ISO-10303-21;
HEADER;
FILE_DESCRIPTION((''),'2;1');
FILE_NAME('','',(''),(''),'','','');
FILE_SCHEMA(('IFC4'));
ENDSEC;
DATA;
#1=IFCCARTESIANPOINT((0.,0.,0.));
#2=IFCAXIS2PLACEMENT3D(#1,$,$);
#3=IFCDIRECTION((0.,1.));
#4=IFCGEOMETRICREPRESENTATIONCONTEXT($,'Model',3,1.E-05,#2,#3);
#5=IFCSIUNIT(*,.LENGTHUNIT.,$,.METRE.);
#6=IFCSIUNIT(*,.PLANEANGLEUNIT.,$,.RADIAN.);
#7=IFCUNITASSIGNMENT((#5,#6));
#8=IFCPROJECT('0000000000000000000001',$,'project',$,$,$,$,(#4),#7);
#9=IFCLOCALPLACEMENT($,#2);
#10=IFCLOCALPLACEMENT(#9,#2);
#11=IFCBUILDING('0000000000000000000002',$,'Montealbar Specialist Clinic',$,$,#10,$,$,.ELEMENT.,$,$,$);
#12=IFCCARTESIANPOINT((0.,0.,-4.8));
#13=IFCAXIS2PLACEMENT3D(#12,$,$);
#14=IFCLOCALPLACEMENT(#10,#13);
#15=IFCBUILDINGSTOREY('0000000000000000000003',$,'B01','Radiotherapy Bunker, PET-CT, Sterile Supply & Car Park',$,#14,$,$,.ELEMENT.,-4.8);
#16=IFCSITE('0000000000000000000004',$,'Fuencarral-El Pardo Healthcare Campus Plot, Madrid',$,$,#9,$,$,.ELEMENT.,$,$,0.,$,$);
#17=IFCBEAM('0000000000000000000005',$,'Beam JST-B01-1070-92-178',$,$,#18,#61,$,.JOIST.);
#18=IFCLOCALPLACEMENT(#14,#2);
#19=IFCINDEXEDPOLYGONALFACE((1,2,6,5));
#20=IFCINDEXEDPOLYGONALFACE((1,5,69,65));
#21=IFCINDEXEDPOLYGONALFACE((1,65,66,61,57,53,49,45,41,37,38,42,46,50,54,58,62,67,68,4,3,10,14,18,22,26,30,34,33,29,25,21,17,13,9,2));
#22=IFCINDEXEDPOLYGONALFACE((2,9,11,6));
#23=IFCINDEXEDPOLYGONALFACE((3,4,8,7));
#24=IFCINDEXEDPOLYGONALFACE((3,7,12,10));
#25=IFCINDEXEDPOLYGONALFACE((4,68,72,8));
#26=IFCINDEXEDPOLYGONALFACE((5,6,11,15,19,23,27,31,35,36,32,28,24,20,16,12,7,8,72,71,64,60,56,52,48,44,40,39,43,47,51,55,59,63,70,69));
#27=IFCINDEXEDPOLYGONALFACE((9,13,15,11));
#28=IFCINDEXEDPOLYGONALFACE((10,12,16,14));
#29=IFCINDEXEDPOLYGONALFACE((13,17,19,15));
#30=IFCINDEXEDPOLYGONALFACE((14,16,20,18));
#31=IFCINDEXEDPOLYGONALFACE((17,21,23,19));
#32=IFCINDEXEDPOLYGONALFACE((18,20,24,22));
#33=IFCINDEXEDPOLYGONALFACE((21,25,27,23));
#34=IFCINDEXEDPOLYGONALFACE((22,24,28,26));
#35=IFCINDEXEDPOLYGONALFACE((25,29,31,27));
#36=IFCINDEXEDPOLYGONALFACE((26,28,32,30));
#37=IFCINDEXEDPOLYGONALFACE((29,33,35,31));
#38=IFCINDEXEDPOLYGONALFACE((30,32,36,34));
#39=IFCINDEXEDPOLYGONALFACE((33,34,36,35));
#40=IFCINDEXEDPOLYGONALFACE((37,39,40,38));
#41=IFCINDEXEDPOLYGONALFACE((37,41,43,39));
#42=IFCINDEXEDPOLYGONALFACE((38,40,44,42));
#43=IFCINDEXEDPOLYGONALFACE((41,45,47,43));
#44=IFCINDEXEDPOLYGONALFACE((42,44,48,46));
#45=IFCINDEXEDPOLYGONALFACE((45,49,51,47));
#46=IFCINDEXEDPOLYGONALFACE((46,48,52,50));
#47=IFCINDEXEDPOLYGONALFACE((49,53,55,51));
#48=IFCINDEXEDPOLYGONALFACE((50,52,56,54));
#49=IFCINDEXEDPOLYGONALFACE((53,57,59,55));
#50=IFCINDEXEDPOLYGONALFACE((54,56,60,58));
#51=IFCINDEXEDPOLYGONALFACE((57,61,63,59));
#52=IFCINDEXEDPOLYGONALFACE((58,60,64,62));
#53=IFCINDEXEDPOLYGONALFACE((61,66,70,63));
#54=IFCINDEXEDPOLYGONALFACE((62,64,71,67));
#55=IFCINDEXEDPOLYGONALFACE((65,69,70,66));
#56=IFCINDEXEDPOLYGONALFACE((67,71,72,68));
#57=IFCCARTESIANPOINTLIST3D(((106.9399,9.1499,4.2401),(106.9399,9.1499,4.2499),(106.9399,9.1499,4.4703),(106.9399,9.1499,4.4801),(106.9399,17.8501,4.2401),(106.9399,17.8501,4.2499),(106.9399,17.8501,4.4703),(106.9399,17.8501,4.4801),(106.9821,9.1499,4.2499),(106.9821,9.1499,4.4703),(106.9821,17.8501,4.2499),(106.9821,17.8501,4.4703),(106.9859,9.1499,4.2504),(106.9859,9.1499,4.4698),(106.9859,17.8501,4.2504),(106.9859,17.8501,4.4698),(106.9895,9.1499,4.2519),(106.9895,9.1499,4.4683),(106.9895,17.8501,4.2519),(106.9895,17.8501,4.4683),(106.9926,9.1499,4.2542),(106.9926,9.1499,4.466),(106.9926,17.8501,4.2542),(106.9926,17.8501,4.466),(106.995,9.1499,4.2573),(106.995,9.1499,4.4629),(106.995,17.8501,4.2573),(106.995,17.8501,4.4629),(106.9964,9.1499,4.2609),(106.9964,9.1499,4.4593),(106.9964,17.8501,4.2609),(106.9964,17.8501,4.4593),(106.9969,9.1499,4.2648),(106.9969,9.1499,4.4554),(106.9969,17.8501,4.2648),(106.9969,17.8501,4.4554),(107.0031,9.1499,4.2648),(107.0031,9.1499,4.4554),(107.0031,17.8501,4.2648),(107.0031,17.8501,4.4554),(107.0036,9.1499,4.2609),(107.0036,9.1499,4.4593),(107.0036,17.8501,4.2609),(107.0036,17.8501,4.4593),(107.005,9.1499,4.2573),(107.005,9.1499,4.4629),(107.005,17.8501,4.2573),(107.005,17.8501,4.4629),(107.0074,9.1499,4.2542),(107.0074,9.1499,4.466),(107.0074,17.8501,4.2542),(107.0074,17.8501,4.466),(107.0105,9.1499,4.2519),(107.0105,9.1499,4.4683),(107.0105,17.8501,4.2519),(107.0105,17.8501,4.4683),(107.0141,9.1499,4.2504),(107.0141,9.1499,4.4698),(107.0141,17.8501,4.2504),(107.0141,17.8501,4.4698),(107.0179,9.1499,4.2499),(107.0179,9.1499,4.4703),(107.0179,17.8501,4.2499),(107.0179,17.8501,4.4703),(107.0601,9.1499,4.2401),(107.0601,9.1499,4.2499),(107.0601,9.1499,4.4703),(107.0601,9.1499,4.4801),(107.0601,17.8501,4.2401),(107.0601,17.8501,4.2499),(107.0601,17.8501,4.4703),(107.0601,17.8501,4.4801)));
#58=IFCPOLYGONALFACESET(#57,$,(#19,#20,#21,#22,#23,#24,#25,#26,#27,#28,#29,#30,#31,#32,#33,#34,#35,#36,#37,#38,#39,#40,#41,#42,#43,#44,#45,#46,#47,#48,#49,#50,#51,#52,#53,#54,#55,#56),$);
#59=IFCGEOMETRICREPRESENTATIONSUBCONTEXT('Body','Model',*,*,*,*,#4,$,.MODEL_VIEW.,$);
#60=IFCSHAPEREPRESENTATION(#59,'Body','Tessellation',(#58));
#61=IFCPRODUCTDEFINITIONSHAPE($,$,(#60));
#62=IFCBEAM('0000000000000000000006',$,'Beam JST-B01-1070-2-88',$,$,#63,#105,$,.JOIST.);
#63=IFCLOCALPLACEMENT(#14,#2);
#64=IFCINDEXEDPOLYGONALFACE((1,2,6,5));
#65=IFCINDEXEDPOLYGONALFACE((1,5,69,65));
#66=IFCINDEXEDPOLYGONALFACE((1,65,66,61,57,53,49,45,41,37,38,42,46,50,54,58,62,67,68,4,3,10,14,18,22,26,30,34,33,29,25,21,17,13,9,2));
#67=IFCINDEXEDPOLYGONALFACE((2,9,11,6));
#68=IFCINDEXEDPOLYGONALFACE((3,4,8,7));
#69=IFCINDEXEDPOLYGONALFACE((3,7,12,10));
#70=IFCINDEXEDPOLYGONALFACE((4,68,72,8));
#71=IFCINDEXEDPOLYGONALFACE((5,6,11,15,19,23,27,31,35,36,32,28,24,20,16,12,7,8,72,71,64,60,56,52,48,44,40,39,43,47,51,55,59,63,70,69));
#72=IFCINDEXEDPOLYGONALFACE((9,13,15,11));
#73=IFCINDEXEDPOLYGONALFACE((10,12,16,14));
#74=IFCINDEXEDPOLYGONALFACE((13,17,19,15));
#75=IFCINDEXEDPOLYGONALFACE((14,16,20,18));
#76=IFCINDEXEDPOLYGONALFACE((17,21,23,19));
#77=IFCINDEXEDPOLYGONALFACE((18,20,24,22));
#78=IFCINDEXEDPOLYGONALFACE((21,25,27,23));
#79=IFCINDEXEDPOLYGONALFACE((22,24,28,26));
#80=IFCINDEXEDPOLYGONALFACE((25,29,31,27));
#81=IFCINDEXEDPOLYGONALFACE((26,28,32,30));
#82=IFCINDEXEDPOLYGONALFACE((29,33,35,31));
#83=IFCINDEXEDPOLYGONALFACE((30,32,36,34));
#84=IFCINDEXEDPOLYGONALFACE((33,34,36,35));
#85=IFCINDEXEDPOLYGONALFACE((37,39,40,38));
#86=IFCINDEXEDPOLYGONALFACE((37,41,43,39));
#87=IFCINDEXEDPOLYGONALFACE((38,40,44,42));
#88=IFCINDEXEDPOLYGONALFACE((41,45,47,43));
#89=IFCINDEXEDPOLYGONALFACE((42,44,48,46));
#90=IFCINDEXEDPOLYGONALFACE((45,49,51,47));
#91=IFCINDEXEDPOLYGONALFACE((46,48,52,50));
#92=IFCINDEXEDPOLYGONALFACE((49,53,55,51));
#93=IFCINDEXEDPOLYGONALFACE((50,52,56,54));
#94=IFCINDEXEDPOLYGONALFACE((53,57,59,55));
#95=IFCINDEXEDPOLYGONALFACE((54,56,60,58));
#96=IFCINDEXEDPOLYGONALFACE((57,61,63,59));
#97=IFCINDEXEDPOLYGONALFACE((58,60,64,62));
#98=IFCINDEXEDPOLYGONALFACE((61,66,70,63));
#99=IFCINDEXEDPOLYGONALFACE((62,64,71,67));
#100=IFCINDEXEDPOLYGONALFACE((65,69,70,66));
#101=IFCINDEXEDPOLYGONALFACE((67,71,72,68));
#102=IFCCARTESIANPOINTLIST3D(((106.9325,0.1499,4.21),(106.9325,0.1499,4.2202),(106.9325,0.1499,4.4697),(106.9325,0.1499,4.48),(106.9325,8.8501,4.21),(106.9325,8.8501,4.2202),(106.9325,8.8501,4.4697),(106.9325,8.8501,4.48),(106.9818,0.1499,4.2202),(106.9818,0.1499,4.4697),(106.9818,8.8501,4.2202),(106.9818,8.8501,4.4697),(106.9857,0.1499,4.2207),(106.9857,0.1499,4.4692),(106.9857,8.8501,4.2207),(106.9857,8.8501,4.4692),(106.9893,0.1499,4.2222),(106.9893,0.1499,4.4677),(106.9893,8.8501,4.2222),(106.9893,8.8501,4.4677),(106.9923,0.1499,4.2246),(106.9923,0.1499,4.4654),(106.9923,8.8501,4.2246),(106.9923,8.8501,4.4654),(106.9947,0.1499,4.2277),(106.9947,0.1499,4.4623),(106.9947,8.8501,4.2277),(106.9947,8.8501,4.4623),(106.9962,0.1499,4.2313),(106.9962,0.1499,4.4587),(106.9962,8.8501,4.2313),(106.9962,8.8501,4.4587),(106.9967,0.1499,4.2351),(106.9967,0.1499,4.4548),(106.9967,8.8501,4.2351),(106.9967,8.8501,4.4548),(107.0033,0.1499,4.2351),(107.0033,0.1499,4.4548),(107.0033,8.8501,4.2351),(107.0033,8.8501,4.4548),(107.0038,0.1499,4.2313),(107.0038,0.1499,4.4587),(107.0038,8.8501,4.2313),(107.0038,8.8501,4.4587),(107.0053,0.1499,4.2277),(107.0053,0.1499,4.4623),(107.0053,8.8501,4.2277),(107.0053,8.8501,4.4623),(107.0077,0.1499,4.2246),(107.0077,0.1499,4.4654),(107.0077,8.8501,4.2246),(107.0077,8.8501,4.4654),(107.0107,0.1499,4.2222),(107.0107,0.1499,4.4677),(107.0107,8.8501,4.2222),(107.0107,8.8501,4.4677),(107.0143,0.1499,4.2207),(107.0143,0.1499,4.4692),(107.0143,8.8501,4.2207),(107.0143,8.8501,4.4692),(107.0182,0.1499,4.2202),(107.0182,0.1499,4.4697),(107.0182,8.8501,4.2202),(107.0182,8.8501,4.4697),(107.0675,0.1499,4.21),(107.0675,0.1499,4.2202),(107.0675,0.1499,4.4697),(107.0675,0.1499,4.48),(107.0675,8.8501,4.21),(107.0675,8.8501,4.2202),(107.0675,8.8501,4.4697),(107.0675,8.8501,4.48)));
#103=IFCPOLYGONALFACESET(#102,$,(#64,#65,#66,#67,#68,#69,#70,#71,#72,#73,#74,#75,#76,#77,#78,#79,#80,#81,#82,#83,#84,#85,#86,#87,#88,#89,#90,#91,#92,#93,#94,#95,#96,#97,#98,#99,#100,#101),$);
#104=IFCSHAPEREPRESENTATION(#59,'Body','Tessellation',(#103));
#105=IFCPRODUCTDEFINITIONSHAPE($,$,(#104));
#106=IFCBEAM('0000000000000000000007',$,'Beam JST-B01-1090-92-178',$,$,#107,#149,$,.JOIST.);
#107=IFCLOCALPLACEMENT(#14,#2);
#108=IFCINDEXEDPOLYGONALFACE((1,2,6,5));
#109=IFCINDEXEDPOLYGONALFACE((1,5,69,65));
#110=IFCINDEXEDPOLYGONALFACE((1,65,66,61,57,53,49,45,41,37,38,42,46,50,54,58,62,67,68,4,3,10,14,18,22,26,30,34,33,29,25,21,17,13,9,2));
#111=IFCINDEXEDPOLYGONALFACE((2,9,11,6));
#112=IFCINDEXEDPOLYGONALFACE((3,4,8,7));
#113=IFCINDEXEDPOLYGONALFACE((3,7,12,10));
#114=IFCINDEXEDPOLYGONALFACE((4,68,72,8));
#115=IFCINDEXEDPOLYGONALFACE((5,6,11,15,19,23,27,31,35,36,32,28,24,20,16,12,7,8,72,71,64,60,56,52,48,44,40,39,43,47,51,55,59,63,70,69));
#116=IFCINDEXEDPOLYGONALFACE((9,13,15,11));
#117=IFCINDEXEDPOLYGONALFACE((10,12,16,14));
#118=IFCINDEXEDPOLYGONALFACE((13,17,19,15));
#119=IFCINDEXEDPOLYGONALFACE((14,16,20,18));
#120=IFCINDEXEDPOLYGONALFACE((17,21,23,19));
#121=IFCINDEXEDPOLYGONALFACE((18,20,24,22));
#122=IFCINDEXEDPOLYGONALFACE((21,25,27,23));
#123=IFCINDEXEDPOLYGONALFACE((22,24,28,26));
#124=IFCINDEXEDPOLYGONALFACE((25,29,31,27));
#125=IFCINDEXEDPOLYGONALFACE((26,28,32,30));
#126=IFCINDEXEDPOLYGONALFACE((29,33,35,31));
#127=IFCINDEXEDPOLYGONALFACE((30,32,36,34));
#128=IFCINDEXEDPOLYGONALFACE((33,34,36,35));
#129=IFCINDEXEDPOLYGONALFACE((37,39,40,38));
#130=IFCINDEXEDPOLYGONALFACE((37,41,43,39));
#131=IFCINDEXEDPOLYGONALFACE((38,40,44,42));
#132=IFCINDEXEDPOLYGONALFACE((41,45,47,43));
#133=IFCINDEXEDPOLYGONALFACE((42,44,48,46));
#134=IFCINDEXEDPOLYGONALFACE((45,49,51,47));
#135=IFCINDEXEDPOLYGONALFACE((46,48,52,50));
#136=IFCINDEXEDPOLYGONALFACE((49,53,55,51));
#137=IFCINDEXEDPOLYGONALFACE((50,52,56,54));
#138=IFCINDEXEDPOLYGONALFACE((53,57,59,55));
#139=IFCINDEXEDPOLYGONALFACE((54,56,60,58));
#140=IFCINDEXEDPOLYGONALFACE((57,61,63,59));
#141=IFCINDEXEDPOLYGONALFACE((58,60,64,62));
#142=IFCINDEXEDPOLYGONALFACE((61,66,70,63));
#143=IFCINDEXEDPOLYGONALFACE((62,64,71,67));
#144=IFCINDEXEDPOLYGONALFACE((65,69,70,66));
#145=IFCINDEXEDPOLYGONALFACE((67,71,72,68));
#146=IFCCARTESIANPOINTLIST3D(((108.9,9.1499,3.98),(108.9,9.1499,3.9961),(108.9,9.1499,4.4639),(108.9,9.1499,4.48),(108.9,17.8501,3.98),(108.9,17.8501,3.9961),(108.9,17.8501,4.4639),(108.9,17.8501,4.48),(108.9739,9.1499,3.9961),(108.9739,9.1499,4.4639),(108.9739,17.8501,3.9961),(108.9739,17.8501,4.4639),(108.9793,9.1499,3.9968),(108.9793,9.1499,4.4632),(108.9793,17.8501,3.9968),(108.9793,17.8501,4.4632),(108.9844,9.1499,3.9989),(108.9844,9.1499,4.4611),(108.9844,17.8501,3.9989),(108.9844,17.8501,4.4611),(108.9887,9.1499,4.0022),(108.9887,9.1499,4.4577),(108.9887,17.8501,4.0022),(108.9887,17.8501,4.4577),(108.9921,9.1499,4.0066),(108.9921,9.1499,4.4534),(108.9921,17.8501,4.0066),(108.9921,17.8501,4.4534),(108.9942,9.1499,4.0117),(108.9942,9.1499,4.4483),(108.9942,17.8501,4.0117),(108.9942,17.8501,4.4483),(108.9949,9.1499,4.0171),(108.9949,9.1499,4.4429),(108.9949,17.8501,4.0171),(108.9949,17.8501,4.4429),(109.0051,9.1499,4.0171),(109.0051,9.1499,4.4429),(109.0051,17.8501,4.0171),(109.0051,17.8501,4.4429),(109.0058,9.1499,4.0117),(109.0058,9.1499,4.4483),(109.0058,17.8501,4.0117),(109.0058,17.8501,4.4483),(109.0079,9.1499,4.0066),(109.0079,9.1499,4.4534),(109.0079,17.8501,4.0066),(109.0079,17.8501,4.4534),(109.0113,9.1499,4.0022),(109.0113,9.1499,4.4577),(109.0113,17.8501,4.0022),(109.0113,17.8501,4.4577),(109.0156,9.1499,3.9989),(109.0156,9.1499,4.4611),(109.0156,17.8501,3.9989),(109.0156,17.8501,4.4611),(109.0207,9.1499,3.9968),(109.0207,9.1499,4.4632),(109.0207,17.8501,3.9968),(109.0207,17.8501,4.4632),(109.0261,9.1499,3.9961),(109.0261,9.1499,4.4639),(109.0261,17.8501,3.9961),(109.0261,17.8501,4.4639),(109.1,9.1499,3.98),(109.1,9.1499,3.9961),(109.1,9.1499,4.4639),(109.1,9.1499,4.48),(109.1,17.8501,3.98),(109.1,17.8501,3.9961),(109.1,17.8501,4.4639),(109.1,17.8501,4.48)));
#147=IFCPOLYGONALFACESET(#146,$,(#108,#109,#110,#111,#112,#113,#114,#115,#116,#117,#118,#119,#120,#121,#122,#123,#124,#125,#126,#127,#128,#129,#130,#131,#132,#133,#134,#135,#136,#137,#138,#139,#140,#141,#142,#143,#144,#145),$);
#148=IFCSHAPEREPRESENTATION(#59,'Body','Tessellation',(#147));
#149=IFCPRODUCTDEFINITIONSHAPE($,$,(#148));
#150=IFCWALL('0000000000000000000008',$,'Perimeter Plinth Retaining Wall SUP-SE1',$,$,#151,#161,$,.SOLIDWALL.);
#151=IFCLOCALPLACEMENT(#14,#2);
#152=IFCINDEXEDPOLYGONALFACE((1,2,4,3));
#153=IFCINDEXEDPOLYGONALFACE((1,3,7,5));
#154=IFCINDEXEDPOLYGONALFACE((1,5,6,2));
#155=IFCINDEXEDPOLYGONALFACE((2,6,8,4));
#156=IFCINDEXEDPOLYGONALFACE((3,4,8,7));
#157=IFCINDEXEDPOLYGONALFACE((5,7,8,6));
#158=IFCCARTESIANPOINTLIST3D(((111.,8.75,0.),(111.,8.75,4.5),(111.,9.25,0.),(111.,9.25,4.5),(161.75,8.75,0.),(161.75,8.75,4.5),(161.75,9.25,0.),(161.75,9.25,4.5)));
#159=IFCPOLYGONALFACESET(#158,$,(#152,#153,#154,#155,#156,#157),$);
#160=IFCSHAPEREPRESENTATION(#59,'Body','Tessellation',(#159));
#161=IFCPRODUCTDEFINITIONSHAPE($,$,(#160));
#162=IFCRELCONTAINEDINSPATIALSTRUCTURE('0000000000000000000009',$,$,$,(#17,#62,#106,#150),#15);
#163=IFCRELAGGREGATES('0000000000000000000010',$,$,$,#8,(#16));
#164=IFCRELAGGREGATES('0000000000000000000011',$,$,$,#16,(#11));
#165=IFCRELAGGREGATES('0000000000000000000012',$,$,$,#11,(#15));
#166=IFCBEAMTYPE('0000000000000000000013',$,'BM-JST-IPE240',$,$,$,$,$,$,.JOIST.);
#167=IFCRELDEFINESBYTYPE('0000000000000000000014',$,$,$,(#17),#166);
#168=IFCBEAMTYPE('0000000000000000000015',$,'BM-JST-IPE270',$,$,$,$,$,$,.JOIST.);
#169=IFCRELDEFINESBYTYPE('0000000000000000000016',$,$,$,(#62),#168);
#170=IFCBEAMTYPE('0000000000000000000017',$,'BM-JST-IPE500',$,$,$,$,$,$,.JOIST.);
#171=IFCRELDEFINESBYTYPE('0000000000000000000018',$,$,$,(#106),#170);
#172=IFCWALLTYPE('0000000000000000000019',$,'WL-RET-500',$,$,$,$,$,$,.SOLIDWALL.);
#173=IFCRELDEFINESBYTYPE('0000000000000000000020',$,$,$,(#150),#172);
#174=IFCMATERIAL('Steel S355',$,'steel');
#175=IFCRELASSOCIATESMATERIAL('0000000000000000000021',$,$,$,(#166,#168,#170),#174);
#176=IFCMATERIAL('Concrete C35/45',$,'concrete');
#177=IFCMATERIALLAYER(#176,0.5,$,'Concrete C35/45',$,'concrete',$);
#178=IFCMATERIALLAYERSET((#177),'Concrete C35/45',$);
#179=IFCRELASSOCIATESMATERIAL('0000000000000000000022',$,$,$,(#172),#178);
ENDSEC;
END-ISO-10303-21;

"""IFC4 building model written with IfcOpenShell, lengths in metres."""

from ifc_helpers import new_model, si_unit, direction, frame, frame_2d, origin, origin_2d, place, context, subcontext, project, spatial, rectangle, i_section, extrude, material, layer, layer_set, material_profile, profile_set, type_object, element, save


model = new_model("IFC4")

# Units and contexts
model_context = context("Model", 3, precision=1e-05, world=origin(), true_north=direction((0.0, 1.0)))
body_context = subcontext(model_context, "Body", "Model", "MODEL_VIEW")
ifc_project = project(units=[si_unit("LENGTHUNIT", "METRE"), si_unit("PLANEANGLEUNIT", "RADIAN")], contexts=[model_context])

# Site, building, storey
site_placement = place(None, origin())
site = spatial("IfcSite", under=ifc_project, at=site_placement, Name="Fuencarral-El Pardo Healthcare Campus Plot, Madrid", CompositionType="ELEMENT", RefElevation=0.0)
building_placement = place(site_placement, origin())
building = spatial("IfcBuilding", under=site, at=building_placement, Name="Montealbar Specialist Clinic", CompositionType="ELEMENT")
storey_placement = place(building_placement, frame((0.0, 0.0, -4.8)))
storey = spatial("IfcBuildingStorey", under=building, at=storey_placement, Name="B01", Description="Radiotherapy Bunker, PET-CT, Sterile Supply & Car Park", CompositionType="ELEMENT", Elevation=-4.8)

# Shared definitions
ifc_material_1 = material(Name="Concrete C35/45", Category="concrete")

# Shared definitions
ifc_material_2 = material(Name="Steel S355", Category="steel")

# Beams
ifc_material_profile_1 = material_profile(ifc_material_2, i_section(OverallWidth=0.1201, OverallDepth=0.24, WebThickness=0.0061, FlangeThickness=0.0098, FilletRadius=0.0149, at=origin_2d()), Name="IPE 240", Category="steel")
ifc_profile_set_1 = profile_set([ifc_material_profile_1], Name="Steel S355")
beam_type_1 = type_object("IfcBeamType", Name="BM-JST-IPE240", PredefinedType="JOIST", material=ifc_profile_set_1)
for number, where, z_axis, x_axis, name in (
    (1, (107.0, 9.1499, 4.3601), (0.0, 1.0, 0.0), (-1.0, 0.0, 0.0), "Beam JST-B01-1070-92-178"),
):
    element("IfcBeam", number, at=place(storey_placement, frame(where, z_axis=z_axis, x_axis=x_axis)), inside=storey, type_object=beam_type_1, Name=name, PredefinedType="JOIST", context=body_context, shape_type="SweptSolid", body=[
        extrude(i_section(OverallWidth=0.1201, OverallDepth=0.24, WebThickness=0.0061, FlangeThickness=0.0098, FilletRadius=0.0149, at=origin_2d()), origin(), (0.0, 0.0, 1.0), 8.7002),
    ])
ifc_material_profile_2 = material_profile(ifc_material_2, i_section(OverallWidth=0.135, OverallDepth=0.27, WebThickness=0.0066, FlangeThickness=0.0103, FilletRadius=0.0149, at=origin_2d()), Name="IPE 270", Category="steel")
ifc_profile_set_2 = profile_set([ifc_material_profile_2], Name="Steel S355")
beam_type_2 = type_object("IfcBeamType", Name="BM-JST-IPE270", PredefinedType="JOIST", material=ifc_profile_set_2)
beam_1_placement = place(storey_placement, frame((107.0, 0.1499, 4.345), z_axis=(0.0, 1.0, 0.0), x_axis=(-1.0, 0.0, 0.0)))
element("IfcBeam", 2, at=beam_1_placement, inside=storey, type_object=beam_type_2, Name="Beam JST-B01-1070-2-88", PredefinedType="JOIST", context=body_context, shape_type="SweptSolid", body=[
    extrude(i_section(OverallWidth=0.135, OverallDepth=0.27, WebThickness=0.0066, FlangeThickness=0.0103, FilletRadius=0.0149, at=origin_2d()), origin(), (0.0, 0.0, 1.0), 8.7002),
])
ifc_material_profile_3 = material_profile(ifc_material_2, i_section(OverallWidth=0.2, OverallDepth=0.5, WebThickness=0.0103, FlangeThickness=0.0161, FilletRadius=0.021, at=origin_2d()), Name="IPE 500", Category="steel")
ifc_profile_set_3 = profile_set([ifc_material_profile_3], Name="Steel S355")
beam_type_3 = type_object("IfcBeamType", Name="BM-JST-IPE500", PredefinedType="JOIST", material=ifc_profile_set_3)
beam_2_placement = place(storey_placement, frame((109.0, 9.1499, 4.23), z_axis=(0.0, 1.0, 0.0), x_axis=(-1.0, 0.0, 0.0)))
element("IfcBeam", 3, at=beam_2_placement, inside=storey, type_object=beam_type_3, Name="Beam JST-B01-1090-92-178", PredefinedType="JOIST", context=body_context, shape_type="SweptSolid", body=[
    extrude(i_section(OverallWidth=0.2, OverallDepth=0.5, WebThickness=0.0103, FlangeThickness=0.0161, FilletRadius=0.021, at=origin_2d()), origin(), (0.0, 0.0, 1.0), 8.7002),
])

# Wall
ifc_layer = layer(ifc_material_1, 0.5, Name="Concrete C35/45", Category="concrete")
ifc_layer_set = layer_set([ifc_layer], Name="Concrete C35/45")
wall_type = type_object("IfcWallType", Name="WL-RET-500", PredefinedType="SOLIDWALL", material=ifc_layer_set)
wall_placement = place(storey_placement, frame((111.0, 9.0, 0.0), z_axis=(0.0, 0.0, 1.0), x_axis=(1.0, 0.0, 0.0)))
element("IfcWall", 4, at=wall_placement, inside=storey, type_object=wall_type, Name="Perimeter Plinth Retaining Wall SUP-SE1", PredefinedType="SOLIDWALL", context=body_context, shape_type="SweptSolid", body=[
    extrude(rectangle(XDim=50.75, YDim=0.5, at=frame_2d((25.375, 0.0))), origin(), (0.0, 0.0, 1.0), 4.5),
])

save(model, "model.ifc")
